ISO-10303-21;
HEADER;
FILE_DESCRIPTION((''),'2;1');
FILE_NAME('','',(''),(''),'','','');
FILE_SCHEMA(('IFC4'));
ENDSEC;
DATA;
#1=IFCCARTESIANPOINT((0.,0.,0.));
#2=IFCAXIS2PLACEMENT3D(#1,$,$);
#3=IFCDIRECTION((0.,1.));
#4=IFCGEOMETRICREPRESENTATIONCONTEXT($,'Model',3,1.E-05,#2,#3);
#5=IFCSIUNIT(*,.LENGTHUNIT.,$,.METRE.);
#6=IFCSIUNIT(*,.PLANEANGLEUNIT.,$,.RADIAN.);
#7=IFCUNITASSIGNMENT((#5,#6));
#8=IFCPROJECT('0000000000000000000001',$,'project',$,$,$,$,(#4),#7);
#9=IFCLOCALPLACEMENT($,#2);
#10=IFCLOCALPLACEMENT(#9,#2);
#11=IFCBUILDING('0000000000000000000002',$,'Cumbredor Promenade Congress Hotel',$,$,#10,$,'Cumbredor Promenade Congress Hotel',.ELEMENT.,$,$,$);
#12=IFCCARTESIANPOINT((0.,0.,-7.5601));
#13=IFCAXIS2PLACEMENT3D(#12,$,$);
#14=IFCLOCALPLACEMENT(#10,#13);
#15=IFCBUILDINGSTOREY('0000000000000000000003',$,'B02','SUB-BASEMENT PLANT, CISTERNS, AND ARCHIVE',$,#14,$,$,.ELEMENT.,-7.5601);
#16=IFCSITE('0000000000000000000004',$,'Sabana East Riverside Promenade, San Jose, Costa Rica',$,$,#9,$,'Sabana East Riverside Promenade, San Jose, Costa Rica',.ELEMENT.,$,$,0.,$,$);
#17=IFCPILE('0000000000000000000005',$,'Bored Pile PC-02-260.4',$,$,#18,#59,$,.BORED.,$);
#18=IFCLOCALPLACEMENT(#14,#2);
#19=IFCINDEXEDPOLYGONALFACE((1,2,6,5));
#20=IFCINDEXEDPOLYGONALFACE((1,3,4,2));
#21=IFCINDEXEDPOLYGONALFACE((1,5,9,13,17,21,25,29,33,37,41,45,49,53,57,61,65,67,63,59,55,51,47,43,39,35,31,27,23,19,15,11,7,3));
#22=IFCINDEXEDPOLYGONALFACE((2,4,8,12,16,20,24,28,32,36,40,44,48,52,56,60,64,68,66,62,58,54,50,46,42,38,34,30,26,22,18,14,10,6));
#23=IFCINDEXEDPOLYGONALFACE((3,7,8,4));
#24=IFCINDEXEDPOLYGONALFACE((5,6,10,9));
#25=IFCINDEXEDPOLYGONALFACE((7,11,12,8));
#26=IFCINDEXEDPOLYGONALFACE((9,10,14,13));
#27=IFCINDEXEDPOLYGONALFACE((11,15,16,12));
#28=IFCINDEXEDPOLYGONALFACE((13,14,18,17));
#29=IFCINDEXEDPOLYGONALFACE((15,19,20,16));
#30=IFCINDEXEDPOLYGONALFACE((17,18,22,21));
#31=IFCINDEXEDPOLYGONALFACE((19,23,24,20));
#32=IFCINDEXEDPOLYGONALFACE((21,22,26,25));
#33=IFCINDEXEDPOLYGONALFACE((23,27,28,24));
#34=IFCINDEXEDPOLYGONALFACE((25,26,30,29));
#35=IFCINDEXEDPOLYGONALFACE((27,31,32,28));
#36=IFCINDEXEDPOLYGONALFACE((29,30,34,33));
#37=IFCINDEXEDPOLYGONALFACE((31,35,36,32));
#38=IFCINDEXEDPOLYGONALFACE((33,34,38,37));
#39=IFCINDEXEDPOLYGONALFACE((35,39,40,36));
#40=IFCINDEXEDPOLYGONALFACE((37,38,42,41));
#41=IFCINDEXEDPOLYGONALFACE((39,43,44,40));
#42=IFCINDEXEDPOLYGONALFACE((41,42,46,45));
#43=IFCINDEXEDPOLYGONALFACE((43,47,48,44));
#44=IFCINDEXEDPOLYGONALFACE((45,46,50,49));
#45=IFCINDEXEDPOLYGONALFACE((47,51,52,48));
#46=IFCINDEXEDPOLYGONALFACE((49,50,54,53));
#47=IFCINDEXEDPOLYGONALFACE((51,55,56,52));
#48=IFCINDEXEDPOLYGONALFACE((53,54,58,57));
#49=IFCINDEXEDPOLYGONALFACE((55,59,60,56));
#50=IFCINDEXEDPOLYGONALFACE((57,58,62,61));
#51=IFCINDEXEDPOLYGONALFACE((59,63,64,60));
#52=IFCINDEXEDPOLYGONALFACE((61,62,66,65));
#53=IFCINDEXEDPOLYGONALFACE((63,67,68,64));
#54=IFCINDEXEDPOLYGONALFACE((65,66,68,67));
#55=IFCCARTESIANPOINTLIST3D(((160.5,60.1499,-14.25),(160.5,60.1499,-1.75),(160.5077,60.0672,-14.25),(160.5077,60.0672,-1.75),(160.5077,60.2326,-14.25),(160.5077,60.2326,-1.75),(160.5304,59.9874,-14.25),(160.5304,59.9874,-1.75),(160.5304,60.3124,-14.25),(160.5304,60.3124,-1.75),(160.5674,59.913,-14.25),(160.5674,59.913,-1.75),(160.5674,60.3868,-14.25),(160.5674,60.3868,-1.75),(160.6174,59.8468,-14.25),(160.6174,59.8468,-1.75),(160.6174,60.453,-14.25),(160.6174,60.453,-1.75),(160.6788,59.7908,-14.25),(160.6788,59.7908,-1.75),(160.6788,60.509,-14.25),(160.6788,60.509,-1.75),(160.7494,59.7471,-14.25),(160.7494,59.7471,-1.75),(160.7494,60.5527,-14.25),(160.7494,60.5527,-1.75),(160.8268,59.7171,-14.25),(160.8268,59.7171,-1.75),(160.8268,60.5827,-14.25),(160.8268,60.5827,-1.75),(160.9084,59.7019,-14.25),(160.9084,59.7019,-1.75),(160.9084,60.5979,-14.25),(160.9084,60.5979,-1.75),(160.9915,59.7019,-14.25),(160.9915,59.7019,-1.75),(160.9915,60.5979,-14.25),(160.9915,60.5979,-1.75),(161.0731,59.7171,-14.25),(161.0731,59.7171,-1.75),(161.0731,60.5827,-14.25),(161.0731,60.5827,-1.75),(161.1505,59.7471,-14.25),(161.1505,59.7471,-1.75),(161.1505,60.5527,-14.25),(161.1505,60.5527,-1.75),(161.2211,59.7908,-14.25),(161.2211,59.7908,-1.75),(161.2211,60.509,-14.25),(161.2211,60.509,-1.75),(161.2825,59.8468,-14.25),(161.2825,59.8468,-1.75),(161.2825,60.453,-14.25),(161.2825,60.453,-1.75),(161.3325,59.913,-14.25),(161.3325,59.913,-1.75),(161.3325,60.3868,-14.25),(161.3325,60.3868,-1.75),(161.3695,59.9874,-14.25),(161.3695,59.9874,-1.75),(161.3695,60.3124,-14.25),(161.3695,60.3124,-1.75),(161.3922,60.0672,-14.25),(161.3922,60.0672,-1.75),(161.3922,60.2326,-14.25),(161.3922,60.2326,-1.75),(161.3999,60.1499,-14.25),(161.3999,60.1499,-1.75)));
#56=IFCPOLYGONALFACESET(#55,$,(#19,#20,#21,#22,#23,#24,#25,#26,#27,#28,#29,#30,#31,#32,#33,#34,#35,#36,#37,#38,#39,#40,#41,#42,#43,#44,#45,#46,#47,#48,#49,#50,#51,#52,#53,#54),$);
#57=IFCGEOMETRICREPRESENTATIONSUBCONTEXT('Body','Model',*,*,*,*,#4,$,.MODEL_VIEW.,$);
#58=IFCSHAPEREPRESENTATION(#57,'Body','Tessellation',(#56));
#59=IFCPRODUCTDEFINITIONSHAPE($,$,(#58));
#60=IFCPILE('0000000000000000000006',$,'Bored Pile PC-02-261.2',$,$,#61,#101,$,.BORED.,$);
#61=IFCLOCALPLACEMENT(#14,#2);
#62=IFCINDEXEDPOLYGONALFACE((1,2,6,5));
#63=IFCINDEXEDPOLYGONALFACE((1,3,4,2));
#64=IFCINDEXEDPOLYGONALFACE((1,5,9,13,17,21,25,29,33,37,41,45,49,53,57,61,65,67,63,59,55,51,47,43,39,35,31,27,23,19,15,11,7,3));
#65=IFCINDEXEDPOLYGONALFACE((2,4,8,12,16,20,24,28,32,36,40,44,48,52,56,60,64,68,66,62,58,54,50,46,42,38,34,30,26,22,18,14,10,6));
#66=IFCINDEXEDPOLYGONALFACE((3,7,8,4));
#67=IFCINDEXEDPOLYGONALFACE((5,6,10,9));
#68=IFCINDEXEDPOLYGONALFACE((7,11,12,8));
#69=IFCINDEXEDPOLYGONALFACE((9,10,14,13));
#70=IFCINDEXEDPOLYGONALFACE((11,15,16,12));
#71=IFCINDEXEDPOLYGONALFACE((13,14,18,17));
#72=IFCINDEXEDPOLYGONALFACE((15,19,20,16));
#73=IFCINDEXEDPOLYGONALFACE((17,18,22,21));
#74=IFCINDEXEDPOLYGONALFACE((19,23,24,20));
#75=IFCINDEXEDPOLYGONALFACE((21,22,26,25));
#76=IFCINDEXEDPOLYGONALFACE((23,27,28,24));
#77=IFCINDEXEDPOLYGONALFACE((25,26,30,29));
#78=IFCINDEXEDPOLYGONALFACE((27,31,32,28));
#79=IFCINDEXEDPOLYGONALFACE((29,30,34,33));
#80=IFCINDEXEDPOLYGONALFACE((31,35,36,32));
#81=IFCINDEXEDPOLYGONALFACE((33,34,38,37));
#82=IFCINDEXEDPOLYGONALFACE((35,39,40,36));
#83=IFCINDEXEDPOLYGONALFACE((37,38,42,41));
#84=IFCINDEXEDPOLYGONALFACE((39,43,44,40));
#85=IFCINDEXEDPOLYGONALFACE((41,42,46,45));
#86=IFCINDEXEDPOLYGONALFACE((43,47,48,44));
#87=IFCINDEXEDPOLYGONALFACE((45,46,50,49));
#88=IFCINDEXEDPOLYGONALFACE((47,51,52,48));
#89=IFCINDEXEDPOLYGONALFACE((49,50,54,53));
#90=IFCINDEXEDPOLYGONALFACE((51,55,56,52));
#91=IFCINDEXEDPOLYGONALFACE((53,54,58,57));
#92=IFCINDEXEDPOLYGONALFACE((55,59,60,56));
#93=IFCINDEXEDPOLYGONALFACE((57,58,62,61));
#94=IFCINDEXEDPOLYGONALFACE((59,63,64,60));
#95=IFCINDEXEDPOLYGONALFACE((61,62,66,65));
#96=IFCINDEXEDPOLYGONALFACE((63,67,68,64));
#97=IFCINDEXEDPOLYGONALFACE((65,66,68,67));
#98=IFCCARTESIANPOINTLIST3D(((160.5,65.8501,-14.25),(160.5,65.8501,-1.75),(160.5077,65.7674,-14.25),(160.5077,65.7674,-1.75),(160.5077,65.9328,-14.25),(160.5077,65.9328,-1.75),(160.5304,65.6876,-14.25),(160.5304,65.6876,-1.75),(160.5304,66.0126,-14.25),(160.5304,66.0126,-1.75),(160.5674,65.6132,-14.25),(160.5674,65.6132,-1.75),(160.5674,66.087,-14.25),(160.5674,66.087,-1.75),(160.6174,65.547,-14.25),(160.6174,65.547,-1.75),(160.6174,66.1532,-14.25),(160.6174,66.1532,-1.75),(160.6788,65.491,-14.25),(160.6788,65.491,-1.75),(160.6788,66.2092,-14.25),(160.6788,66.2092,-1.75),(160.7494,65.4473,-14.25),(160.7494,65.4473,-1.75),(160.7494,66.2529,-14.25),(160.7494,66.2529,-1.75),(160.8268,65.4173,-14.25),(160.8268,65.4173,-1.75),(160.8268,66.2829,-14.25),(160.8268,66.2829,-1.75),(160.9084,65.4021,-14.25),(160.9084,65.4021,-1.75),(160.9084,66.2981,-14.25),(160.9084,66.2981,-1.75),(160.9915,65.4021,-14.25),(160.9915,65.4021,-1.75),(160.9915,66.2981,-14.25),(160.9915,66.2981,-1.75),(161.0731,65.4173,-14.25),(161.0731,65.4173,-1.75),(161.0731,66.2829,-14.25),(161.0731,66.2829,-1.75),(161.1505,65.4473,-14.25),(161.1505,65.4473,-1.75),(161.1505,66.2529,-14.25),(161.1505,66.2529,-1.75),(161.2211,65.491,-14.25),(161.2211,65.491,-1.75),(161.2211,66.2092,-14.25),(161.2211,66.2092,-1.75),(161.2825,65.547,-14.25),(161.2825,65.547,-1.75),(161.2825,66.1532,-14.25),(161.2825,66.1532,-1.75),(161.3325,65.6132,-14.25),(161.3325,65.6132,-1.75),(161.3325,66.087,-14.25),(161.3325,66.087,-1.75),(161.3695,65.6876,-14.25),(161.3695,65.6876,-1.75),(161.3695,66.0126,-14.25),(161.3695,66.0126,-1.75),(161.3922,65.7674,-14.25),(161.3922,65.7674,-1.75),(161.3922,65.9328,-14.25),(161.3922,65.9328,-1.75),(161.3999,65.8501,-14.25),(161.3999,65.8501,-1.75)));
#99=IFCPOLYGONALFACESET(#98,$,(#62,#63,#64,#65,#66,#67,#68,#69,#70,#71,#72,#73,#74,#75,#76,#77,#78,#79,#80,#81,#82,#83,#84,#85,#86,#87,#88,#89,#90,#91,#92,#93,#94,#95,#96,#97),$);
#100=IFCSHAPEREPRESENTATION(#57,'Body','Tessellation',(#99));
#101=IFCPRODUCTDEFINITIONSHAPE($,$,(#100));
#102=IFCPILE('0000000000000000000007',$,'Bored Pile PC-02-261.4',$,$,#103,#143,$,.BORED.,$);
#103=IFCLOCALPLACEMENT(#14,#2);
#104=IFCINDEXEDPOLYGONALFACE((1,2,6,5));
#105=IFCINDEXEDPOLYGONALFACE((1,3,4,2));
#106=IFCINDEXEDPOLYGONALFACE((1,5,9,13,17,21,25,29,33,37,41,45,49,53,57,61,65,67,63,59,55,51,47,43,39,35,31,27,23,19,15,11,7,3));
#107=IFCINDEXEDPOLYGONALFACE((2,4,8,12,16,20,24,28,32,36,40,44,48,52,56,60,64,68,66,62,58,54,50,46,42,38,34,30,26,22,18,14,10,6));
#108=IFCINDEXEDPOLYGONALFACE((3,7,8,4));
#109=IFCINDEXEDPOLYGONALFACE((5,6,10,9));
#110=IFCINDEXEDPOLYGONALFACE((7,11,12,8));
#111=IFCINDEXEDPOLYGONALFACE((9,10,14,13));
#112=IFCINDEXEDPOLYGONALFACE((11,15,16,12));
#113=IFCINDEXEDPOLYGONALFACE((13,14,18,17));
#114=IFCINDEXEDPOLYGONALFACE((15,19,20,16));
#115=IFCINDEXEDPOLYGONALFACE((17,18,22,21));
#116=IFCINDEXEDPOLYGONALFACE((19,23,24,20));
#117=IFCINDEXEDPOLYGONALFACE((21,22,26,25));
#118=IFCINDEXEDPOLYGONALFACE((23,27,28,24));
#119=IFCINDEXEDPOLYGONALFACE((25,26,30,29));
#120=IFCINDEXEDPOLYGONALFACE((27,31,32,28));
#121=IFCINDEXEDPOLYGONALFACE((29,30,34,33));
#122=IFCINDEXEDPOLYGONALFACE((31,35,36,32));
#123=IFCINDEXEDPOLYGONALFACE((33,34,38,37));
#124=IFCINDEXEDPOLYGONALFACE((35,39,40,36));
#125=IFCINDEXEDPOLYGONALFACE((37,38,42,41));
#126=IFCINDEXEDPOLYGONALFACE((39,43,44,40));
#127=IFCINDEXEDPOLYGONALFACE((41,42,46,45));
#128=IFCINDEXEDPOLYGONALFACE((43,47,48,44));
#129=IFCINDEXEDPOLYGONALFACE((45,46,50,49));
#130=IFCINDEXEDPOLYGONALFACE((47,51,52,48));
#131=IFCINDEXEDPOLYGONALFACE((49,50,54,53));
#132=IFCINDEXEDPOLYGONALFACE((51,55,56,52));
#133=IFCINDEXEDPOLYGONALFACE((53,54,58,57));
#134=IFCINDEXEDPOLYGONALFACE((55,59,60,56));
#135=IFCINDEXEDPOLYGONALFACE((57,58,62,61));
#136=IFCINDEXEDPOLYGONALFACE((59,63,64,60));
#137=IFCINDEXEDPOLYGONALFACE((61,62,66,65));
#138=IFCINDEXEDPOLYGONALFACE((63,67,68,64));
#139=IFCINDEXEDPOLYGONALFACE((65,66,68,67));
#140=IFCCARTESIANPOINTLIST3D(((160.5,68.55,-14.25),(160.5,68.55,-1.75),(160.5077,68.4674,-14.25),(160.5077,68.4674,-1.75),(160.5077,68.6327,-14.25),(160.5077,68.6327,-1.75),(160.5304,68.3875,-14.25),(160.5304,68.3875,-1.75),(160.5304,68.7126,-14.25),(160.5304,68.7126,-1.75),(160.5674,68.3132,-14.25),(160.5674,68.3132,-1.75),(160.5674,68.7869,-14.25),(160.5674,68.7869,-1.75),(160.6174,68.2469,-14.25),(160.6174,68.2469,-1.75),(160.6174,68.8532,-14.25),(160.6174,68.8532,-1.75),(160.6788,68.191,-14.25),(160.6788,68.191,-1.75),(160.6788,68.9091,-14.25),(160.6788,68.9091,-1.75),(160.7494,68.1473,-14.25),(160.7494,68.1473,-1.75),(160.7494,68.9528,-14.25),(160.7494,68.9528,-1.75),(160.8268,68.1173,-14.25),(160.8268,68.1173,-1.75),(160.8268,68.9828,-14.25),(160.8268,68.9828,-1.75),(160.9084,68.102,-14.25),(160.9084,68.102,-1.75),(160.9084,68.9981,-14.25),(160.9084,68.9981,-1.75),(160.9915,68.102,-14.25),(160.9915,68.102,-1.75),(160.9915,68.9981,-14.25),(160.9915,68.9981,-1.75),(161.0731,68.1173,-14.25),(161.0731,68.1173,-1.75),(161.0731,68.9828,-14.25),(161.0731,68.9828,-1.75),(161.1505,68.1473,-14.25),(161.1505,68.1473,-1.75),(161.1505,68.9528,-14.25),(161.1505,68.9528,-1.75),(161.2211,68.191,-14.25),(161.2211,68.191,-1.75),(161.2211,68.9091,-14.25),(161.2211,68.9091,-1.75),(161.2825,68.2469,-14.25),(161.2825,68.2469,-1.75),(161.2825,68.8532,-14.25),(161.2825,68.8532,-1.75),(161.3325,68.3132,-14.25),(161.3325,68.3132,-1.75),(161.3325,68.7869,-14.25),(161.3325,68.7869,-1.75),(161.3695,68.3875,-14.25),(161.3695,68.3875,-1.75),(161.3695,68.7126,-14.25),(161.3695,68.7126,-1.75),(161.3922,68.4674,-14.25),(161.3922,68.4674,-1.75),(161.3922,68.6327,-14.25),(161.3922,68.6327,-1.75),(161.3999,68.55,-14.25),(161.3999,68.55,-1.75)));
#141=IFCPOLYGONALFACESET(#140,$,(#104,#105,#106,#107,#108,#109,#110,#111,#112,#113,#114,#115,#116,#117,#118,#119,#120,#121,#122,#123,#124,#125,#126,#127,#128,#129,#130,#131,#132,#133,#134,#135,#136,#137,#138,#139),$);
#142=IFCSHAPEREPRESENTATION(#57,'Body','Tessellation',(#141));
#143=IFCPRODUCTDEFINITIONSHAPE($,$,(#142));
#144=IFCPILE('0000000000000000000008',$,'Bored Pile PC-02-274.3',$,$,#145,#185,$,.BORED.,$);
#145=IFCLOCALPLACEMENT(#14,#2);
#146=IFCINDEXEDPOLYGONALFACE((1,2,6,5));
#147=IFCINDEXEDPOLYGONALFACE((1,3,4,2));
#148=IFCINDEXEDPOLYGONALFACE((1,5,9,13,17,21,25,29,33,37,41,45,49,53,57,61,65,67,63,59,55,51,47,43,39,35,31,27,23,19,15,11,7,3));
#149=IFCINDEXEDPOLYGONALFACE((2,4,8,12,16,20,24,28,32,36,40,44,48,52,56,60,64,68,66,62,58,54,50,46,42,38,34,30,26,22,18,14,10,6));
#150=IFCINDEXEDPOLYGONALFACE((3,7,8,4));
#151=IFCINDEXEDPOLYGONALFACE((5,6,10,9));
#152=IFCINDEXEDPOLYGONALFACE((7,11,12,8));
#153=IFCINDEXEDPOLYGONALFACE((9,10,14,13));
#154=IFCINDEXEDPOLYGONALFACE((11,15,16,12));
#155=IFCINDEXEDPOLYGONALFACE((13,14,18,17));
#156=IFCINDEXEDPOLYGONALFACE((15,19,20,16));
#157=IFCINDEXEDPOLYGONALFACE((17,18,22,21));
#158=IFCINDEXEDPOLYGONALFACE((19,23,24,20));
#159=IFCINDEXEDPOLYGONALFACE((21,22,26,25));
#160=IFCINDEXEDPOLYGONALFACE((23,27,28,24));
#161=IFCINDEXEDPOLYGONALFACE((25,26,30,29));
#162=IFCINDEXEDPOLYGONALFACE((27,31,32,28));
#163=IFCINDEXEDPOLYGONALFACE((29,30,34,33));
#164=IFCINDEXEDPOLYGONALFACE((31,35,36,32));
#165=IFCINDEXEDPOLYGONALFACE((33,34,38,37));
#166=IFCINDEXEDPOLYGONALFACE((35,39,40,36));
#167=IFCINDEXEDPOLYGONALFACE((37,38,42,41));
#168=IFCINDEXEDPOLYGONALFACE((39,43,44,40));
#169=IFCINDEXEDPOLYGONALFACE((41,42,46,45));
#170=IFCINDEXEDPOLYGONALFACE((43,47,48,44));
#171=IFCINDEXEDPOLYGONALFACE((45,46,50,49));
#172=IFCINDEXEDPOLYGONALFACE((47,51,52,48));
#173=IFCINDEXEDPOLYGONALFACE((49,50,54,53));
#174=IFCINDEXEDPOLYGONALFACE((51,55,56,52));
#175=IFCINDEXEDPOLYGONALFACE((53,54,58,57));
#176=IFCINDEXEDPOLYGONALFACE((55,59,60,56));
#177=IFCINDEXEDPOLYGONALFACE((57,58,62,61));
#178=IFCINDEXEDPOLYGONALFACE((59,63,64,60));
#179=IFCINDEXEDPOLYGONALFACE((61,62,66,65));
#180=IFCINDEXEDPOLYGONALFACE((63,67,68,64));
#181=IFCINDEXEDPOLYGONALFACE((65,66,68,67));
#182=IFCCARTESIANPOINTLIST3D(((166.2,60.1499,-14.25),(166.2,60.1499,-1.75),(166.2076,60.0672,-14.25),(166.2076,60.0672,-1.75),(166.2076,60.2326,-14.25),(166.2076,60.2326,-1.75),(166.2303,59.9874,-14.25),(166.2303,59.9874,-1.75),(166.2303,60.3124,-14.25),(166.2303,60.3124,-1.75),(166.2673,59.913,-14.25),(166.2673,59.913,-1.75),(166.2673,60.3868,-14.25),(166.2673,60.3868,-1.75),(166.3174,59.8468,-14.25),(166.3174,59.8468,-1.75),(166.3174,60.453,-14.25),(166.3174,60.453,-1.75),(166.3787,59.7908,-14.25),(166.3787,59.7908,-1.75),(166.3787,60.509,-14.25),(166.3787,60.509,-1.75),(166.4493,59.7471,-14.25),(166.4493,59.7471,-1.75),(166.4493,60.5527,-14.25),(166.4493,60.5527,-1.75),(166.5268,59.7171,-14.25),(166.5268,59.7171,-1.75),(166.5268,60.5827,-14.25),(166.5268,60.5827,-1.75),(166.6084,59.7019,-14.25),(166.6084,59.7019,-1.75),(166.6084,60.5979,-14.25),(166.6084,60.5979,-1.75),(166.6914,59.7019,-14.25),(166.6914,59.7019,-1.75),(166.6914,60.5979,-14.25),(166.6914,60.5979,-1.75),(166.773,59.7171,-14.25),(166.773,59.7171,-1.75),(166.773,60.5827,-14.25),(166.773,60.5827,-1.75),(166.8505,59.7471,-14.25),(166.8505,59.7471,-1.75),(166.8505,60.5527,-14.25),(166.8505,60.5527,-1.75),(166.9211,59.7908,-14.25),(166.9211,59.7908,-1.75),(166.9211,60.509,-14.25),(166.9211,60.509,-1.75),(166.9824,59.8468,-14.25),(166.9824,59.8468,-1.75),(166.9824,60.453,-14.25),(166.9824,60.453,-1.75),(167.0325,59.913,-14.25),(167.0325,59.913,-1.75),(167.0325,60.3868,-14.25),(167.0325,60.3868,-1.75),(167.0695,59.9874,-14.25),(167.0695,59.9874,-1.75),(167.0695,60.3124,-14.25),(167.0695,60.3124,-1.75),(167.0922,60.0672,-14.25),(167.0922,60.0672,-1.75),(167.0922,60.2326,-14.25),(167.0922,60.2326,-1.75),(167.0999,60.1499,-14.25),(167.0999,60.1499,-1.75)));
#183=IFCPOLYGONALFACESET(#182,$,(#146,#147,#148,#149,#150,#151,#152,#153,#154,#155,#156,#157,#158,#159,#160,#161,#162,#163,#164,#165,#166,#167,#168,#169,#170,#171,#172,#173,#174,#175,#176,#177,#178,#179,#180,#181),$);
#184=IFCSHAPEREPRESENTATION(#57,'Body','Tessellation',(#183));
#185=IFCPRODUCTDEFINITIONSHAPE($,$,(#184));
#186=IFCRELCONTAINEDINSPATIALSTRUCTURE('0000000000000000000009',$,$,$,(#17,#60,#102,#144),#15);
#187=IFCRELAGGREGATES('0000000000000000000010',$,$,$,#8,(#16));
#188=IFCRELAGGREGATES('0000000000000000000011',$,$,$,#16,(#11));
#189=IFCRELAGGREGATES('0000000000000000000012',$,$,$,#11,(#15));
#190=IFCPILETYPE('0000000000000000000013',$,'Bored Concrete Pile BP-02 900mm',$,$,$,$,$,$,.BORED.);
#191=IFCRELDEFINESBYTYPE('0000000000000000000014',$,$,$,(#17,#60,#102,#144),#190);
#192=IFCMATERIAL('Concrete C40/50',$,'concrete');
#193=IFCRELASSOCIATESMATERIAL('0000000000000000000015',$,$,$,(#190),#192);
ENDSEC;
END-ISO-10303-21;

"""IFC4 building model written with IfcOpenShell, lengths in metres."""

from ifc_helpers import new_model, si_unit, direction, frame, origin, origin_2d, place, context, subcontext, project, spatial, circle, extrude, material, material_profile, profile_set, type_object, element, save


model = new_model("IFC4")

# Units and contexts
model_context = context("Model", 3, precision=1e-05, world=origin(), true_north=direction((0.0, 1.0)))
body_context = subcontext(model_context, "Body", "Model", "MODEL_VIEW")
ifc_project = project(units=[si_unit("LENGTHUNIT", "METRE"), si_unit("PLANEANGLEUNIT", "RADIAN")], contexts=[model_context])

# Site, building, storey
site_placement = place(None, origin())
site = spatial("IfcSite", under=ifc_project, at=site_placement, Name="Sabana East Riverside Promenade, San Jose, Costa Rica", LongName="Sabana East Riverside Promenade, San Jose, Costa Rica", CompositionType="ELEMENT", RefElevation=0.0)
building_placement = place(site_placement, origin())
building = spatial("IfcBuilding", under=site, at=building_placement, Name="Cumbredor Promenade Congress Hotel", LongName="Cumbredor Promenade Congress Hotel", CompositionType="ELEMENT")
storey_placement = place(building_placement, frame((0.0, 0.0, -7.5601)))
storey = spatial("IfcBuildingStorey", under=building, at=storey_placement, Name="B02", Description="SUB-BASEMENT PLANT, CISTERNS, AND ARCHIVE", CompositionType="ELEMENT", Elevation=-7.5601)

# Piles
ifc_material_1 = material(Name="Concrete C40/50", Category="concrete")
ifc_material_profile_1 = material_profile(ifc_material_1, circle(Radius=0.45, at=origin_2d()), Name="PILE D900")
ifc_profile_set_1 = profile_set([ifc_material_profile_1], Name="Concrete C40/50")
pile_type = type_object("IfcPileType", Name="Bored Concrete Pile BP-02 900mm", PredefinedType="BORED", material=ifc_profile_set_1)
for number, where, z_axis, x_axis, name in (
    (1, (160.95, 60.1499, -1.75), (0.0, 0.0, -1.0), (1.0, 0.0, 0.0), "Bored Pile PC-02-260.4"),
    (2, (160.95, 65.8501, -1.75), (0.0, 0.0, -1.0), (1.0, 0.0, 0.0), "Bored Pile PC-02-261.2"),
    (3, (160.95, 68.55, -1.75), (0.0, 0.0, -1.0), (1.0, 0.0, 0.0), "Bored Pile PC-02-261.4"),
    (4, (166.6499, 60.1499, -1.75), (0.0, 0.0, -1.0), (1.0, 0.0, 0.0), "Bored Pile PC-02-274.3"),
):
    element("IfcPile", number, at=place(storey_placement, frame(where, z_axis=z_axis, x_axis=x_axis)), inside=storey, type_object=pile_type, Name=name, PredefinedType="BORED", context=body_context, shape_type="SweptSolid", body=[
        extrude(circle(Radius=0.45, at=origin_2d()), origin(), (0.0, 0.0, 1.0), 12.5),
    ])

save(model, "model.ifc")
